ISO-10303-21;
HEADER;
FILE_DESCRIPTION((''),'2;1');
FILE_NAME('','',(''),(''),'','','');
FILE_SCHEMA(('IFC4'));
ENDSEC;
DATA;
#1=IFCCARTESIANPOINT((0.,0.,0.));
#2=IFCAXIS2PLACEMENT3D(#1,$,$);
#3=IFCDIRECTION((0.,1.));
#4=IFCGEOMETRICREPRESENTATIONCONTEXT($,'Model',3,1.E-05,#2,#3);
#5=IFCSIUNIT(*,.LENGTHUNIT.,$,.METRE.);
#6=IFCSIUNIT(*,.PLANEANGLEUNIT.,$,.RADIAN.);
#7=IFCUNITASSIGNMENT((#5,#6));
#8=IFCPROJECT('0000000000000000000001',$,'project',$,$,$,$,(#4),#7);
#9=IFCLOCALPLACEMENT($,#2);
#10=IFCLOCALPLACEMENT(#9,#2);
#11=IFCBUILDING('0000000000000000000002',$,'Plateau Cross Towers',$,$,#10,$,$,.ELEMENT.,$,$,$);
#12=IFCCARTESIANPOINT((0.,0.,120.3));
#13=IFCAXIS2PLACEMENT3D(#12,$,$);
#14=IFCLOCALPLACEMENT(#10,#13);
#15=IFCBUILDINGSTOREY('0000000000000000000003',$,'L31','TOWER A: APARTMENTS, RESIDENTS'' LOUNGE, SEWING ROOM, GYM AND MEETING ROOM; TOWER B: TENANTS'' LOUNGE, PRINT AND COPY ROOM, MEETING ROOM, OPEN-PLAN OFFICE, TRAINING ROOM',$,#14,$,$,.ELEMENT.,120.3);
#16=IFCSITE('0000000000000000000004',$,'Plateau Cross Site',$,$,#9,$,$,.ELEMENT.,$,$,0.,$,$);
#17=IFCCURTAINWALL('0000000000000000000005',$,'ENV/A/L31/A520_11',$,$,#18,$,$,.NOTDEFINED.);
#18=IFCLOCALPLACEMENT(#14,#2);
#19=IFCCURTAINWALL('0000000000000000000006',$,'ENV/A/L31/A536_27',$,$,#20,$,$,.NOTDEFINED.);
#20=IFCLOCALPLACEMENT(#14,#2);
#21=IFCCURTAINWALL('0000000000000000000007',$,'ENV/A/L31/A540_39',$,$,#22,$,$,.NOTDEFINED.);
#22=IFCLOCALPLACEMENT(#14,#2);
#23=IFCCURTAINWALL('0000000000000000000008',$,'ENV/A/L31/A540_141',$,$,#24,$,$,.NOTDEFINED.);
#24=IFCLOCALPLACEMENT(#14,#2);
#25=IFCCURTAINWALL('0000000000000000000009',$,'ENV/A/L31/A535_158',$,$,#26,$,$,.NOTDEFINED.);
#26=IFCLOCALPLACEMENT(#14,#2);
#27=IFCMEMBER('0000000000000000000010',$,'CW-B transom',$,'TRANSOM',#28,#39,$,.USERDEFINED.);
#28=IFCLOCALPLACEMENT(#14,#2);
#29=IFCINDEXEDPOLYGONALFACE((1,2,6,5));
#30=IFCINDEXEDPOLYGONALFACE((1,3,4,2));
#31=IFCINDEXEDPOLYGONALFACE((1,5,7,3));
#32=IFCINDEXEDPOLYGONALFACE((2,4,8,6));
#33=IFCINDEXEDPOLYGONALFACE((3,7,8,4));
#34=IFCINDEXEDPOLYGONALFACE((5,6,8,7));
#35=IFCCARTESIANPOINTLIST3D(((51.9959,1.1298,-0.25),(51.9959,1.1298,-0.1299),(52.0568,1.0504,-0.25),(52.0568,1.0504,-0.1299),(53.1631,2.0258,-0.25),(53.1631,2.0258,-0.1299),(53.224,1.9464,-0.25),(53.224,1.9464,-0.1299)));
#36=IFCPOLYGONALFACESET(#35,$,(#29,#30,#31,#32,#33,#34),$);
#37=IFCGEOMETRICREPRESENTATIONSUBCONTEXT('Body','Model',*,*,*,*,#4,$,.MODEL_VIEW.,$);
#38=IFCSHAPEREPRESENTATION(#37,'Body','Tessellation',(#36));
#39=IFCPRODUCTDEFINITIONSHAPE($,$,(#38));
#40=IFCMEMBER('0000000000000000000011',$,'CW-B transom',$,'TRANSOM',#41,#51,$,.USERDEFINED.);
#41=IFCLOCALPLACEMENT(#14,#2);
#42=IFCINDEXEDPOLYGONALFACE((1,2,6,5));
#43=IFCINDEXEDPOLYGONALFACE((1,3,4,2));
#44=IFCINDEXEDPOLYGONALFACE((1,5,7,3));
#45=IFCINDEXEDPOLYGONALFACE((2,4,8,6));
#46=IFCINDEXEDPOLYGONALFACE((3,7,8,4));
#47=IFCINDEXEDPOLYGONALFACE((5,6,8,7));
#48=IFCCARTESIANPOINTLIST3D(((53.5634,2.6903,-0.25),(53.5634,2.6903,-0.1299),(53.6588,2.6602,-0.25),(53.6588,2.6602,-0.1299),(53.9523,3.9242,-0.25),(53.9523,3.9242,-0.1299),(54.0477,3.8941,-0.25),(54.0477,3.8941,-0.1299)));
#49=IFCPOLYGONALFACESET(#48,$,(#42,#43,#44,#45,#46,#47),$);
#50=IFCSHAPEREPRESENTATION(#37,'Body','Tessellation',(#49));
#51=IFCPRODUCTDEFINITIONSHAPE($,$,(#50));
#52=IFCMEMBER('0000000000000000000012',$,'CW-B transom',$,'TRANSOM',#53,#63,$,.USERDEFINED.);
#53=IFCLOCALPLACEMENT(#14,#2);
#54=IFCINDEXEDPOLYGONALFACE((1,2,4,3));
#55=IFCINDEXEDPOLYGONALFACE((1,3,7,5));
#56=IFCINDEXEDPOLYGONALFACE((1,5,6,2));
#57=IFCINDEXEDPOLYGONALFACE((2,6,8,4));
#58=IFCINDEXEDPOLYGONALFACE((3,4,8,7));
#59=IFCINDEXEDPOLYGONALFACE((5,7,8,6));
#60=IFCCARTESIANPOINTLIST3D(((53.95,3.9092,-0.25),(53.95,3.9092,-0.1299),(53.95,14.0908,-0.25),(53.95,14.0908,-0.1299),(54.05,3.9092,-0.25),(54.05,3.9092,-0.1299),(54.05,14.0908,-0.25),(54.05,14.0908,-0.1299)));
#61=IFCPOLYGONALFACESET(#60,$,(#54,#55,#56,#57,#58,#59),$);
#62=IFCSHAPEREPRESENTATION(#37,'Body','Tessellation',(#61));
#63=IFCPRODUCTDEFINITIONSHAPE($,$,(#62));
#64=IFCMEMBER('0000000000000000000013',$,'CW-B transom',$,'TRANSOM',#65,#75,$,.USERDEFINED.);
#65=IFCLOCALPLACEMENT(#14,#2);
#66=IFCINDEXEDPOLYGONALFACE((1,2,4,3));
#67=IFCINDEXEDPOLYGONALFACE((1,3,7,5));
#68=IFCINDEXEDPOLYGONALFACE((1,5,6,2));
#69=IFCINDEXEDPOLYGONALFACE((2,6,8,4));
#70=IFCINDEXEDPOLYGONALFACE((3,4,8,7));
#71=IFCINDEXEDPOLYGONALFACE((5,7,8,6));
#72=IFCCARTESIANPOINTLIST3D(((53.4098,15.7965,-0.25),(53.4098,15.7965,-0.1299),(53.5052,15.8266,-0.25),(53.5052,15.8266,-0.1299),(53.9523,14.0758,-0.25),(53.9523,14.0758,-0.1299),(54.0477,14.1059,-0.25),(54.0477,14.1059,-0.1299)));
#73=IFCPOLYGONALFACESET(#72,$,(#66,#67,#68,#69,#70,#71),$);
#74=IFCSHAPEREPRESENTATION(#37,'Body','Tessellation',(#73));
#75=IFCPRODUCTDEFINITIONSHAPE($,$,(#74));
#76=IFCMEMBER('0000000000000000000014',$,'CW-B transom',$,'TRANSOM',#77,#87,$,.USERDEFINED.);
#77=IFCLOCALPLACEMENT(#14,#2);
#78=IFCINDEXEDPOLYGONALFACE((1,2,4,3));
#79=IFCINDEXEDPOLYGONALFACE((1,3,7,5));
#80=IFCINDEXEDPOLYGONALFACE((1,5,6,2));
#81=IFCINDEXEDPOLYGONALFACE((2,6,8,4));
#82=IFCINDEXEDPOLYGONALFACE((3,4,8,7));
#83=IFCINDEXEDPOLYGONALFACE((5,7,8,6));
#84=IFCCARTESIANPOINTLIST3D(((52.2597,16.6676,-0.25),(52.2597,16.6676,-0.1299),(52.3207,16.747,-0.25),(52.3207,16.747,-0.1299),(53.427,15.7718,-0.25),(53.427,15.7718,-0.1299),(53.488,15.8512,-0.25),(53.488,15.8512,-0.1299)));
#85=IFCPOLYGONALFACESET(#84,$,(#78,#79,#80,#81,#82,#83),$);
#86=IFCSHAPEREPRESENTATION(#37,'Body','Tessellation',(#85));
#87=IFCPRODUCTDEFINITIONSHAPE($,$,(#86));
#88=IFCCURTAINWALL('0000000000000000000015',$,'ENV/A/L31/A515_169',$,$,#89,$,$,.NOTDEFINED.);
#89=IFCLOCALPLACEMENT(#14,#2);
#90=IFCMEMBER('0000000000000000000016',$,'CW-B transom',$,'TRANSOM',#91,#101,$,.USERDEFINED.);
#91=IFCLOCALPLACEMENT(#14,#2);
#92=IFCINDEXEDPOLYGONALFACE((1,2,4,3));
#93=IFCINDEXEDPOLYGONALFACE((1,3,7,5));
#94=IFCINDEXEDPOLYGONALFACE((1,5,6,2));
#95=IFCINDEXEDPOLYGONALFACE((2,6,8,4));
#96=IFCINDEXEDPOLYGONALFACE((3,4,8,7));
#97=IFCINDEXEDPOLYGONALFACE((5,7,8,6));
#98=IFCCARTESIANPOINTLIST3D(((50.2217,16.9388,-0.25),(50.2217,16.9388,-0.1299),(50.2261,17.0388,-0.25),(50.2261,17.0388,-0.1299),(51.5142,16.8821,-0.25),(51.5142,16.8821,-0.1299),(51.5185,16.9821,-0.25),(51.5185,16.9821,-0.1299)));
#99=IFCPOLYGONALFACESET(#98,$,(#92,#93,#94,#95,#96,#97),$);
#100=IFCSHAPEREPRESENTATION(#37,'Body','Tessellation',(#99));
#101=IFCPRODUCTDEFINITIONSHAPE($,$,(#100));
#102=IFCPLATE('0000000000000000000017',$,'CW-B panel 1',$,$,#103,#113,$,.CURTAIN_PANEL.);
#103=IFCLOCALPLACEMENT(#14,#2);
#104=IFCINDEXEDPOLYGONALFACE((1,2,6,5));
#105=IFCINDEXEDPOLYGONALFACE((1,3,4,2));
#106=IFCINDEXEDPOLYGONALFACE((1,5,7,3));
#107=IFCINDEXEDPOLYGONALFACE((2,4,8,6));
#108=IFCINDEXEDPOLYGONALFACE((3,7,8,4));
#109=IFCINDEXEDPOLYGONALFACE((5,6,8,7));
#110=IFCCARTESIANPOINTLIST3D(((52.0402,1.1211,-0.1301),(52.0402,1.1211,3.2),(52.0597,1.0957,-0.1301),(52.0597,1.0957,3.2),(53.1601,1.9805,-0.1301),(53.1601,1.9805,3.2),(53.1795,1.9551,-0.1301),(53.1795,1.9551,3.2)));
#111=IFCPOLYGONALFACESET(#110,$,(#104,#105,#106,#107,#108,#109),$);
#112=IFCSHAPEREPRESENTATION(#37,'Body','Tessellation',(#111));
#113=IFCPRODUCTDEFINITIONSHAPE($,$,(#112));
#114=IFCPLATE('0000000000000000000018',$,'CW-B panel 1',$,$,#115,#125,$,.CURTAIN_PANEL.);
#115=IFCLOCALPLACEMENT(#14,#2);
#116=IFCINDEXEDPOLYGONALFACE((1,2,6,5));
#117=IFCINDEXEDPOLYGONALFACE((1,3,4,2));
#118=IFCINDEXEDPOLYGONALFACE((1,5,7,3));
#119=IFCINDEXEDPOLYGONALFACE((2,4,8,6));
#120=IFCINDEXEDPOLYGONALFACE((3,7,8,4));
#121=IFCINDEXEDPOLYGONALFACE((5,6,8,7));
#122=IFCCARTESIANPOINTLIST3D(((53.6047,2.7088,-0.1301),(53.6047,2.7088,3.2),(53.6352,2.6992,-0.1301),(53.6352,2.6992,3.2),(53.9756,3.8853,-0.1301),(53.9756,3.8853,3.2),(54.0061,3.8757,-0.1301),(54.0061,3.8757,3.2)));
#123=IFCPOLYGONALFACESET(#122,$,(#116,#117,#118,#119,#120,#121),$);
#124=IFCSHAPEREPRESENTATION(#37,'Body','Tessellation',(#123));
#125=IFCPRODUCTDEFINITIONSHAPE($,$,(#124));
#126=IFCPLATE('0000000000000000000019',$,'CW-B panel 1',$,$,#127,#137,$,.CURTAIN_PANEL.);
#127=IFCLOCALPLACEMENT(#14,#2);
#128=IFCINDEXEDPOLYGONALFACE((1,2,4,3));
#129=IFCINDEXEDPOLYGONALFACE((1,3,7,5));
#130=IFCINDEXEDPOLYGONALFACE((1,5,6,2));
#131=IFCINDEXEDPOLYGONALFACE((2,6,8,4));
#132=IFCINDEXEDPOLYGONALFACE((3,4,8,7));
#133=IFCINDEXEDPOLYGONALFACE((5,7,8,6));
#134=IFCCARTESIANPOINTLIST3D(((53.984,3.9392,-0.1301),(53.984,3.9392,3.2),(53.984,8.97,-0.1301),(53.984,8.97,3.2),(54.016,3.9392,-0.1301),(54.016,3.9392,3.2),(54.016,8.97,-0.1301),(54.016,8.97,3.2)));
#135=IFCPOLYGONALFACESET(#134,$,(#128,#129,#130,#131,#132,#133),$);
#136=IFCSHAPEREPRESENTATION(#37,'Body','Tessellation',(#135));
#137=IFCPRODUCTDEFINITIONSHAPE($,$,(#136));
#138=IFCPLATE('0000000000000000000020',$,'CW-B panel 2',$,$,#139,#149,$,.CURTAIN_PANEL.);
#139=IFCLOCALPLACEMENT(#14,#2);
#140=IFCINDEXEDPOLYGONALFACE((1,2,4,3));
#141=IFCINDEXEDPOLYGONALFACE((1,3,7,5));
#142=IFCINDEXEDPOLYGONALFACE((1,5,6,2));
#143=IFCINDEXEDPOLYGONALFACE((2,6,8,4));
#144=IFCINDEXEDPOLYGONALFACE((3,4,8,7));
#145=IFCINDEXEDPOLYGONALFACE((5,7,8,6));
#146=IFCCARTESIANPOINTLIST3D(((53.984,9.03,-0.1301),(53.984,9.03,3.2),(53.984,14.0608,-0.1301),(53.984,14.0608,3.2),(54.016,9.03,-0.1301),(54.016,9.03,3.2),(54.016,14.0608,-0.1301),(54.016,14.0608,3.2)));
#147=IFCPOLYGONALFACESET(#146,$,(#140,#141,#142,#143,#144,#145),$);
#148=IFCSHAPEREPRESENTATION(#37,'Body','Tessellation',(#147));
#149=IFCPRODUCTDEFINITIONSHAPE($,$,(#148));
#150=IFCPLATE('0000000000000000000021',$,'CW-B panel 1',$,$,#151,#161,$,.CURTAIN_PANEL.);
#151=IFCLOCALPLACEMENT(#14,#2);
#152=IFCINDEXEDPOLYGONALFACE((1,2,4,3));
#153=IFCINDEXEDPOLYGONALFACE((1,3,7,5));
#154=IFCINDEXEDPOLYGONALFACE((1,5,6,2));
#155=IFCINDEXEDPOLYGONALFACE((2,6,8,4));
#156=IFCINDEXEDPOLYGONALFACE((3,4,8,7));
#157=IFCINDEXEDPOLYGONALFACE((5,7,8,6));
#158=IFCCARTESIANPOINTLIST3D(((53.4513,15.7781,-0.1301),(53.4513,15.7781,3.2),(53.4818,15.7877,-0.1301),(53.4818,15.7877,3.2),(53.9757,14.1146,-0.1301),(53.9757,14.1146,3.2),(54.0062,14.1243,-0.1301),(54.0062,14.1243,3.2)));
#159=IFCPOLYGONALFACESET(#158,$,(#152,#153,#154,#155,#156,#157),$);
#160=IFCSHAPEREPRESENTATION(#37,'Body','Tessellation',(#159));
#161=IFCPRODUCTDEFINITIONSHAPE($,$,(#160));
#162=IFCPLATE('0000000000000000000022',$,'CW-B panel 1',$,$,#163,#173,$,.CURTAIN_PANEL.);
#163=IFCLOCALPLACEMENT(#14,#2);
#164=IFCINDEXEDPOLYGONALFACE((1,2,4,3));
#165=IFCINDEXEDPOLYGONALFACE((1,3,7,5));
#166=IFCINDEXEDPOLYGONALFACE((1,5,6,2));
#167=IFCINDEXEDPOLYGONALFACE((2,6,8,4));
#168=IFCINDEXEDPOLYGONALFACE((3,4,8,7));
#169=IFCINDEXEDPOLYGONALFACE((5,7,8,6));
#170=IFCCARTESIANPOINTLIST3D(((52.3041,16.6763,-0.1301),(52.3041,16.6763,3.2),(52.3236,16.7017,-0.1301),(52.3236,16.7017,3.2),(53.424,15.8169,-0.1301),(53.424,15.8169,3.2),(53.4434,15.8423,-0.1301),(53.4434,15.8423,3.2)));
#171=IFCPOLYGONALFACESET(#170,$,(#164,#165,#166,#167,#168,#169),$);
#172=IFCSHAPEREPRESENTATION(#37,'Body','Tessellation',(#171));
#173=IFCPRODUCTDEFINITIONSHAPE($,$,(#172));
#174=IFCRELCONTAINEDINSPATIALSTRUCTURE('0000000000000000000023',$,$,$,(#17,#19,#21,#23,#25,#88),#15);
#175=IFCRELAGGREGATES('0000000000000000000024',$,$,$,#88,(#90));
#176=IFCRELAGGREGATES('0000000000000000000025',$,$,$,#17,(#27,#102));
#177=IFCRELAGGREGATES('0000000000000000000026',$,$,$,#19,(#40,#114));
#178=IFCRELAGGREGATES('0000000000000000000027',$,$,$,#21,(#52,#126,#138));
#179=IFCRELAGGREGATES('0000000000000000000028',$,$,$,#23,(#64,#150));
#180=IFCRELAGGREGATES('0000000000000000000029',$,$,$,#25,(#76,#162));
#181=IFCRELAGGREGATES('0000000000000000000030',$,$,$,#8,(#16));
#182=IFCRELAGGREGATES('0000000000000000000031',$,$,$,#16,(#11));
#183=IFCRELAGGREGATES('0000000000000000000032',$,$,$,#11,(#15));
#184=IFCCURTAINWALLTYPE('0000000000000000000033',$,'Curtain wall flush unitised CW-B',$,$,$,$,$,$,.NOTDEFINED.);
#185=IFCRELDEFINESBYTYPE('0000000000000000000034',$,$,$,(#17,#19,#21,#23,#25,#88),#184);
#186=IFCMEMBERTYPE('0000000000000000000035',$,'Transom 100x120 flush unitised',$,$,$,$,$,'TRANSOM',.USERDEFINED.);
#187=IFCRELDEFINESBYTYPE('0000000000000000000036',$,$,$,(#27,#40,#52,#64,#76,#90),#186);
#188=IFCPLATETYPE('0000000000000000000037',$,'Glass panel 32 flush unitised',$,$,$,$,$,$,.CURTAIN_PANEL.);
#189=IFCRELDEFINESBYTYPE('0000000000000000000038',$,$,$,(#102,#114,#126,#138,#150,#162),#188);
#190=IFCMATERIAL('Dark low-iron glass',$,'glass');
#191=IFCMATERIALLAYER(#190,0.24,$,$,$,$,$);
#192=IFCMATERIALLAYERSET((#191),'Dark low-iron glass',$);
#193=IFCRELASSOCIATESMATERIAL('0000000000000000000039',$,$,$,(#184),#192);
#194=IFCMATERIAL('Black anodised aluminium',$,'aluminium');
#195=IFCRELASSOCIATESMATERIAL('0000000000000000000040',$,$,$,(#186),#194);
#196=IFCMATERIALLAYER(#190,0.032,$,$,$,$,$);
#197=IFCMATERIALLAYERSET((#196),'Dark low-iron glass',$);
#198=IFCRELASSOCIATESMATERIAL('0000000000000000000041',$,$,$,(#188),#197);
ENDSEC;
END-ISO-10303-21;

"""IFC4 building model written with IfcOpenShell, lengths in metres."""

from ifc_helpers import new_model, si_unit, direction, frame, origin, origin_2d, place, context, subcontext, project, spatial, rectangle, extrude, material, layer, layer_set, material_profile, profile_set, type_object, element, aggregate, save


model = new_model("IFC4")

# Units and contexts
model_context = context("Model", 3, precision=1e-05, world=origin(), true_north=direction((0.0, 1.0)))
body_context = subcontext(model_context, "Body", "Model", "MODEL_VIEW")
ifc_project = project(units=[si_unit("LENGTHUNIT", "METRE"), si_unit("PLANEANGLEUNIT", "RADIAN")], contexts=[model_context])

# Site, building, storey
site_placement = place(None, origin())
site = spatial("IfcSite", under=ifc_project, at=site_placement, Name="Plateau Cross Site", CompositionType="ELEMENT", RefElevation=0.0)
building_placement = place(site_placement, origin())
building = spatial("IfcBuilding", under=site, at=building_placement, Name="Plateau Cross Towers", CompositionType="ELEMENT")
storey_placement = place(building_placement, frame((0.0, 0.0, 120.3)))
storey = spatial("IfcBuildingStorey", under=building, at=storey_placement, Name="L31", Description="TOWER A: APARTMENTS, RESIDENTS' LOUNGE, SEWING ROOM, GYM AND MEETING ROOM; TOWER B: TENANTS' LOUNGE, PRINT AND COPY ROOM, MEETING ROOM, OPEN-PLAN OFFICE, TRAINING ROOM", CompositionType="ELEMENT", Elevation=120.3)

# Curtain wall
ifc_material_1 = material(Name="Dark low-iron glass", Category="glass")
ifc_layer_1 = layer(ifc_material_1, 0.24)
ifc_layer_set_1 = layer_set([ifc_layer_1], Name="Dark low-iron glass")
curtain_wall_type_1 = type_object("IfcCurtainWallType", Name="Curtain wall flush unitised CW-B", PredefinedType="NOTDEFINED", material=ifc_layer_set_1)
curtain_wall_1_placement = place(storey_placement, origin())
curtain_wall_1 = element("IfcCurtainWall", 1, at=curtain_wall_1_placement, inside=storey, type_object=curtain_wall_type_1, Name="ENV/A/L31/A520_11", PredefinedType="NOTDEFINED")
ifc_material_2 = material(Name="Black anodised aluminium", Category="aluminium")

# Curtain wall
curtain_wall_2_placement = place(storey_placement, origin())
curtain_wall_2 = element("IfcCurtainWall", 2, at=curtain_wall_2_placement, inside=storey, type_object=curtain_wall_type_1, Name="ENV/A/L31/A536_27", PredefinedType="NOTDEFINED")

# Curtain wall
curtain_wall_3_placement = place(storey_placement, origin())
curtain_wall_3 = element("IfcCurtainWall", 3, at=curtain_wall_3_placement, inside=storey, type_object=curtain_wall_type_1, Name="ENV/A/L31/A540_39", PredefinedType="NOTDEFINED")

# Curtain wall
curtain_wall_4_placement = place(storey_placement, origin())
curtain_wall_4 = element("IfcCurtainWall", 4, at=curtain_wall_4_placement, inside=storey, type_object=curtain_wall_type_1, Name="ENV/A/L31/A540_141", PredefinedType="NOTDEFINED")

# Curtain wall
curtain_wall_5_placement = place(storey_placement, origin())
curtain_wall_5 = element("IfcCurtainWall", 5, at=curtain_wall_5_placement, inside=storey, type_object=curtain_wall_type_1, Name="ENV/A/L31/A535_158", PredefinedType="NOTDEFINED")

# Members
ifc_material_profile_1 = material_profile(ifc_material_2, rectangle(XDim=0.1001, YDim=0.1201, at=origin_2d()), Name="TRANSOM 100x120")
ifc_profile_set_1 = profile_set([ifc_material_profile_1], Name="Black anodised aluminium")
member_type_1 = type_object("IfcMemberType", Name="Transom 100x120 flush unitised", ElementType="TRANSOM", PredefinedType="USERDEFINED", material=ifc_profile_set_1)
member_1_placement = place(storey_placement, frame((52.0264, 1.0901, -0.1899), z_axis=(0.79324, 0.608909, 0.0), x_axis=(-0.608909, 0.79324, 0.0)))
member_1 = element("IfcMember", 6, at=member_1_placement, type_object=member_type_1, Name="CW-B transom", ObjectType="TRANSOM", PredefinedType="USERDEFINED", context=body_context, shape_type="SweptSolid", body=[
    extrude(rectangle(XDim=0.1001, YDim=0.1201, at=origin_2d()), origin(), (0.0, 0.0, 1.0), 1.4714),
])
member_2_placement = place(storey_placement, frame((53.6111, 2.6753, -0.1899), z_axis=(0.300617, 0.953745, 0.0), x_axis=(-0.953745, 0.300617, 0.0)))
member_2 = element("IfcMember", 7, at=member_2_placement, type_object=member_type_1, Name="CW-B transom", ObjectType="TRANSOM", PredefinedType="USERDEFINED", context=body_context, shape_type="SweptSolid", body=[
    extrude(rectangle(XDim=0.1001, YDim=0.1201, at=origin_2d()), origin(), (0.0, 0.0, 1.0), 1.2937),
])
member_3_placement = place(storey_placement, frame((54.0, 3.9092, -0.1899), z_axis=(0.0, 1.0, 0.0), x_axis=(-1.0, 0.0, 0.0)))
member_3 = element("IfcMember", 8, at=member_3_placement, type_object=member_type_1, Name="CW-B transom", ObjectType="TRANSOM", PredefinedType="USERDEFINED", context=body_context, shape_type="SweptSolid", body=[
    extrude(rectangle(XDim=0.1001, YDim=0.1201, at=origin_2d()), origin(), (0.0, 0.0, 1.0), 10.1816),
])
member_4_placement = place(storey_placement, frame((54.0, 14.0908, -0.1899), z_axis=(-0.300678, 0.953726, 0.0), x_axis=(-0.953726, -0.300678, 0.0)))
member_4 = element("IfcMember", 9, at=member_4_placement, type_object=member_type_1, Name="CW-B transom", ObjectType="TRANSOM", PredefinedType="USERDEFINED", context=body_context, shape_type="SweptSolid", body=[
    extrude(rectangle(XDim=0.1001, YDim=0.1201, at=origin_2d()), origin(), (0.0, 0.0, 1.0), 1.8042),
])
member_5_placement = place(storey_placement, frame((53.4575, 15.8115, -0.1899), z_axis=(-0.793321, 0.608804, 0.0), x_axis=(-0.608804, -0.793321, 0.0)))
member_5 = element("IfcMember", 10, at=member_5_placement, type_object=member_type_1, Name="CW-B transom", ObjectType="TRANSOM", PredefinedType="USERDEFINED", context=body_context, shape_type="SweptSolid", body=[
    extrude(rectangle(XDim=0.1001, YDim=0.1201, at=origin_2d()), origin(), (0.0, 0.0, 1.0), 1.4714),
])

# Curtain wall, member
curtain_wall_6_placement = place(storey_placement, origin())
curtain_wall_6 = element("IfcCurtainWall", 11, at=curtain_wall_6_placement, inside=storey, type_object=curtain_wall_type_1, Name="ENV/A/L31/A515_169", PredefinedType="NOTDEFINED")
member_6_placement = place(storey_placement, frame((51.5164, 16.9321, -0.1899), z_axis=(-0.999041, 0.043781, 0.0), x_axis=(-0.043781, -0.999041, 0.0)))
member_6 = element("IfcMember", 12, at=member_6_placement, type_object=member_type_1, Name="CW-B transom", ObjectType="TRANSOM", PredefinedType="USERDEFINED", context=body_context, shape_type="SweptSolid", body=[
    extrude(rectangle(XDim=0.1001, YDim=0.1201, at=origin_2d()), origin(), (0.0, 0.0, 1.0), 1.2937),
])
aggregate(curtain_wall_6, [member_6])

# Plates
ifc_layer_2 = layer(ifc_material_1, 0.032)
ifc_layer_set_2 = layer_set([ifc_layer_2], Name="Dark low-iron glass")
plate_type = type_object("IfcPlateType", Name="Glass panel 32 flush unitised", PredefinedType="CURTAIN_PANEL", material=ifc_layer_set_2)
plate_1_placement = place(storey_placement, frame((52.6099, 1.5381, -0.1301), z_axis=(0.0, 0.0, 1.0), x_axis=(0.793316, 0.608811, 0.0)))
plate_1 = element("IfcPlate", 13, at=plate_1_placement, type_object=plate_type, Name="CW-B panel 1", PredefinedType="CURTAIN_PANEL", context=body_context, shape_type="SweptSolid", body=[
    extrude(rectangle(XDim=1.4116, YDim=0.032, at=origin_2d()), origin(), (0.0, 0.0, 1.0), 3.3301),
])
aggregate(curtain_wall_1, [member_1, plate_1])
plate_2_placement = place(storey_placement, frame((53.8054, 3.2922, -0.1301), z_axis=(0.0, 0.0, 1.0), x_axis=(0.300686, 0.953723, 0.0)))
plate_2 = element("IfcPlate", 14, at=plate_2_placement, type_object=plate_type, Name="CW-B panel 1", PredefinedType="CURTAIN_PANEL", context=body_context, shape_type="SweptSolid", body=[
    extrude(rectangle(XDim=1.2336, YDim=0.032, at=origin_2d()), origin(), (0.0, 0.0, 1.0), 3.3301),
])
aggregate(curtain_wall_2, [member_2, plate_2])
plate_3_placement = place(storey_placement, frame((54.0, 6.4546, -0.1301), z_axis=(0.0, 0.0, 1.0), x_axis=(0.0, 1.0, 0.0)))
plate_3 = element("IfcPlate", 15, at=plate_3_placement, type_object=plate_type, Name="CW-B panel 1", PredefinedType="CURTAIN_PANEL", context=body_context, shape_type="SweptSolid", body=[
    extrude(rectangle(XDim=5.0308, YDim=0.032, at=origin_2d()), origin(), (0.0, 0.0, 1.0), 3.3301),
])
plate_4_placement = place(storey_placement, frame((54.0, 11.5454, -0.1301), z_axis=(0.0, 0.0, 1.0), x_axis=(0.0, 1.0, 0.0)))
plate_4 = element("IfcPlate", 16, at=plate_4_placement, type_object=plate_type, Name="CW-B panel 2", PredefinedType="CURTAIN_PANEL", context=body_context, shape_type="SweptSolid", body=[
    extrude(rectangle(XDim=5.0308, YDim=0.032, at=origin_2d()), origin(), (0.0, 0.0, 1.0), 3.3301),
])
aggregate(curtain_wall_3, [member_3, plate_3, plate_4])
plate_5_placement = place(storey_placement, frame((53.7288, 14.9512, -0.1301), z_axis=(0.0, 0.0, 1.0), x_axis=(-0.300686, 0.953723, 0.0)))
plate_5 = element("IfcPlate", 17, at=plate_5_placement, type_object=plate_type, Name="CW-B panel 1", PredefinedType="CURTAIN_PANEL", context=body_context, shape_type="SweptSolid", body=[
    extrude(rectangle(XDim=1.7441, YDim=0.032, at=origin_2d()), origin(), (0.0, 0.0, 1.0), 3.3301),
])
aggregate(curtain_wall_4, [member_4, plate_5])
plate_6_placement = place(storey_placement, frame((52.8738, 16.2593, -0.1301), z_axis=(0.0, 0.0, 1.0), x_axis=(-0.793316, 0.608811, 0.0)))
plate_6 = element("IfcPlate", 18, at=plate_6_placement, type_object=plate_type, Name="CW-B panel 1", PredefinedType="CURTAIN_PANEL", context=body_context, shape_type="SweptSolid", body=[
    extrude(rectangle(XDim=1.4116, YDim=0.032, at=origin_2d()), origin(), (0.0, 0.0, 1.0), 3.3301),
])
aggregate(curtain_wall_5, [member_5, plate_6])

save(model, "model.ifc")
